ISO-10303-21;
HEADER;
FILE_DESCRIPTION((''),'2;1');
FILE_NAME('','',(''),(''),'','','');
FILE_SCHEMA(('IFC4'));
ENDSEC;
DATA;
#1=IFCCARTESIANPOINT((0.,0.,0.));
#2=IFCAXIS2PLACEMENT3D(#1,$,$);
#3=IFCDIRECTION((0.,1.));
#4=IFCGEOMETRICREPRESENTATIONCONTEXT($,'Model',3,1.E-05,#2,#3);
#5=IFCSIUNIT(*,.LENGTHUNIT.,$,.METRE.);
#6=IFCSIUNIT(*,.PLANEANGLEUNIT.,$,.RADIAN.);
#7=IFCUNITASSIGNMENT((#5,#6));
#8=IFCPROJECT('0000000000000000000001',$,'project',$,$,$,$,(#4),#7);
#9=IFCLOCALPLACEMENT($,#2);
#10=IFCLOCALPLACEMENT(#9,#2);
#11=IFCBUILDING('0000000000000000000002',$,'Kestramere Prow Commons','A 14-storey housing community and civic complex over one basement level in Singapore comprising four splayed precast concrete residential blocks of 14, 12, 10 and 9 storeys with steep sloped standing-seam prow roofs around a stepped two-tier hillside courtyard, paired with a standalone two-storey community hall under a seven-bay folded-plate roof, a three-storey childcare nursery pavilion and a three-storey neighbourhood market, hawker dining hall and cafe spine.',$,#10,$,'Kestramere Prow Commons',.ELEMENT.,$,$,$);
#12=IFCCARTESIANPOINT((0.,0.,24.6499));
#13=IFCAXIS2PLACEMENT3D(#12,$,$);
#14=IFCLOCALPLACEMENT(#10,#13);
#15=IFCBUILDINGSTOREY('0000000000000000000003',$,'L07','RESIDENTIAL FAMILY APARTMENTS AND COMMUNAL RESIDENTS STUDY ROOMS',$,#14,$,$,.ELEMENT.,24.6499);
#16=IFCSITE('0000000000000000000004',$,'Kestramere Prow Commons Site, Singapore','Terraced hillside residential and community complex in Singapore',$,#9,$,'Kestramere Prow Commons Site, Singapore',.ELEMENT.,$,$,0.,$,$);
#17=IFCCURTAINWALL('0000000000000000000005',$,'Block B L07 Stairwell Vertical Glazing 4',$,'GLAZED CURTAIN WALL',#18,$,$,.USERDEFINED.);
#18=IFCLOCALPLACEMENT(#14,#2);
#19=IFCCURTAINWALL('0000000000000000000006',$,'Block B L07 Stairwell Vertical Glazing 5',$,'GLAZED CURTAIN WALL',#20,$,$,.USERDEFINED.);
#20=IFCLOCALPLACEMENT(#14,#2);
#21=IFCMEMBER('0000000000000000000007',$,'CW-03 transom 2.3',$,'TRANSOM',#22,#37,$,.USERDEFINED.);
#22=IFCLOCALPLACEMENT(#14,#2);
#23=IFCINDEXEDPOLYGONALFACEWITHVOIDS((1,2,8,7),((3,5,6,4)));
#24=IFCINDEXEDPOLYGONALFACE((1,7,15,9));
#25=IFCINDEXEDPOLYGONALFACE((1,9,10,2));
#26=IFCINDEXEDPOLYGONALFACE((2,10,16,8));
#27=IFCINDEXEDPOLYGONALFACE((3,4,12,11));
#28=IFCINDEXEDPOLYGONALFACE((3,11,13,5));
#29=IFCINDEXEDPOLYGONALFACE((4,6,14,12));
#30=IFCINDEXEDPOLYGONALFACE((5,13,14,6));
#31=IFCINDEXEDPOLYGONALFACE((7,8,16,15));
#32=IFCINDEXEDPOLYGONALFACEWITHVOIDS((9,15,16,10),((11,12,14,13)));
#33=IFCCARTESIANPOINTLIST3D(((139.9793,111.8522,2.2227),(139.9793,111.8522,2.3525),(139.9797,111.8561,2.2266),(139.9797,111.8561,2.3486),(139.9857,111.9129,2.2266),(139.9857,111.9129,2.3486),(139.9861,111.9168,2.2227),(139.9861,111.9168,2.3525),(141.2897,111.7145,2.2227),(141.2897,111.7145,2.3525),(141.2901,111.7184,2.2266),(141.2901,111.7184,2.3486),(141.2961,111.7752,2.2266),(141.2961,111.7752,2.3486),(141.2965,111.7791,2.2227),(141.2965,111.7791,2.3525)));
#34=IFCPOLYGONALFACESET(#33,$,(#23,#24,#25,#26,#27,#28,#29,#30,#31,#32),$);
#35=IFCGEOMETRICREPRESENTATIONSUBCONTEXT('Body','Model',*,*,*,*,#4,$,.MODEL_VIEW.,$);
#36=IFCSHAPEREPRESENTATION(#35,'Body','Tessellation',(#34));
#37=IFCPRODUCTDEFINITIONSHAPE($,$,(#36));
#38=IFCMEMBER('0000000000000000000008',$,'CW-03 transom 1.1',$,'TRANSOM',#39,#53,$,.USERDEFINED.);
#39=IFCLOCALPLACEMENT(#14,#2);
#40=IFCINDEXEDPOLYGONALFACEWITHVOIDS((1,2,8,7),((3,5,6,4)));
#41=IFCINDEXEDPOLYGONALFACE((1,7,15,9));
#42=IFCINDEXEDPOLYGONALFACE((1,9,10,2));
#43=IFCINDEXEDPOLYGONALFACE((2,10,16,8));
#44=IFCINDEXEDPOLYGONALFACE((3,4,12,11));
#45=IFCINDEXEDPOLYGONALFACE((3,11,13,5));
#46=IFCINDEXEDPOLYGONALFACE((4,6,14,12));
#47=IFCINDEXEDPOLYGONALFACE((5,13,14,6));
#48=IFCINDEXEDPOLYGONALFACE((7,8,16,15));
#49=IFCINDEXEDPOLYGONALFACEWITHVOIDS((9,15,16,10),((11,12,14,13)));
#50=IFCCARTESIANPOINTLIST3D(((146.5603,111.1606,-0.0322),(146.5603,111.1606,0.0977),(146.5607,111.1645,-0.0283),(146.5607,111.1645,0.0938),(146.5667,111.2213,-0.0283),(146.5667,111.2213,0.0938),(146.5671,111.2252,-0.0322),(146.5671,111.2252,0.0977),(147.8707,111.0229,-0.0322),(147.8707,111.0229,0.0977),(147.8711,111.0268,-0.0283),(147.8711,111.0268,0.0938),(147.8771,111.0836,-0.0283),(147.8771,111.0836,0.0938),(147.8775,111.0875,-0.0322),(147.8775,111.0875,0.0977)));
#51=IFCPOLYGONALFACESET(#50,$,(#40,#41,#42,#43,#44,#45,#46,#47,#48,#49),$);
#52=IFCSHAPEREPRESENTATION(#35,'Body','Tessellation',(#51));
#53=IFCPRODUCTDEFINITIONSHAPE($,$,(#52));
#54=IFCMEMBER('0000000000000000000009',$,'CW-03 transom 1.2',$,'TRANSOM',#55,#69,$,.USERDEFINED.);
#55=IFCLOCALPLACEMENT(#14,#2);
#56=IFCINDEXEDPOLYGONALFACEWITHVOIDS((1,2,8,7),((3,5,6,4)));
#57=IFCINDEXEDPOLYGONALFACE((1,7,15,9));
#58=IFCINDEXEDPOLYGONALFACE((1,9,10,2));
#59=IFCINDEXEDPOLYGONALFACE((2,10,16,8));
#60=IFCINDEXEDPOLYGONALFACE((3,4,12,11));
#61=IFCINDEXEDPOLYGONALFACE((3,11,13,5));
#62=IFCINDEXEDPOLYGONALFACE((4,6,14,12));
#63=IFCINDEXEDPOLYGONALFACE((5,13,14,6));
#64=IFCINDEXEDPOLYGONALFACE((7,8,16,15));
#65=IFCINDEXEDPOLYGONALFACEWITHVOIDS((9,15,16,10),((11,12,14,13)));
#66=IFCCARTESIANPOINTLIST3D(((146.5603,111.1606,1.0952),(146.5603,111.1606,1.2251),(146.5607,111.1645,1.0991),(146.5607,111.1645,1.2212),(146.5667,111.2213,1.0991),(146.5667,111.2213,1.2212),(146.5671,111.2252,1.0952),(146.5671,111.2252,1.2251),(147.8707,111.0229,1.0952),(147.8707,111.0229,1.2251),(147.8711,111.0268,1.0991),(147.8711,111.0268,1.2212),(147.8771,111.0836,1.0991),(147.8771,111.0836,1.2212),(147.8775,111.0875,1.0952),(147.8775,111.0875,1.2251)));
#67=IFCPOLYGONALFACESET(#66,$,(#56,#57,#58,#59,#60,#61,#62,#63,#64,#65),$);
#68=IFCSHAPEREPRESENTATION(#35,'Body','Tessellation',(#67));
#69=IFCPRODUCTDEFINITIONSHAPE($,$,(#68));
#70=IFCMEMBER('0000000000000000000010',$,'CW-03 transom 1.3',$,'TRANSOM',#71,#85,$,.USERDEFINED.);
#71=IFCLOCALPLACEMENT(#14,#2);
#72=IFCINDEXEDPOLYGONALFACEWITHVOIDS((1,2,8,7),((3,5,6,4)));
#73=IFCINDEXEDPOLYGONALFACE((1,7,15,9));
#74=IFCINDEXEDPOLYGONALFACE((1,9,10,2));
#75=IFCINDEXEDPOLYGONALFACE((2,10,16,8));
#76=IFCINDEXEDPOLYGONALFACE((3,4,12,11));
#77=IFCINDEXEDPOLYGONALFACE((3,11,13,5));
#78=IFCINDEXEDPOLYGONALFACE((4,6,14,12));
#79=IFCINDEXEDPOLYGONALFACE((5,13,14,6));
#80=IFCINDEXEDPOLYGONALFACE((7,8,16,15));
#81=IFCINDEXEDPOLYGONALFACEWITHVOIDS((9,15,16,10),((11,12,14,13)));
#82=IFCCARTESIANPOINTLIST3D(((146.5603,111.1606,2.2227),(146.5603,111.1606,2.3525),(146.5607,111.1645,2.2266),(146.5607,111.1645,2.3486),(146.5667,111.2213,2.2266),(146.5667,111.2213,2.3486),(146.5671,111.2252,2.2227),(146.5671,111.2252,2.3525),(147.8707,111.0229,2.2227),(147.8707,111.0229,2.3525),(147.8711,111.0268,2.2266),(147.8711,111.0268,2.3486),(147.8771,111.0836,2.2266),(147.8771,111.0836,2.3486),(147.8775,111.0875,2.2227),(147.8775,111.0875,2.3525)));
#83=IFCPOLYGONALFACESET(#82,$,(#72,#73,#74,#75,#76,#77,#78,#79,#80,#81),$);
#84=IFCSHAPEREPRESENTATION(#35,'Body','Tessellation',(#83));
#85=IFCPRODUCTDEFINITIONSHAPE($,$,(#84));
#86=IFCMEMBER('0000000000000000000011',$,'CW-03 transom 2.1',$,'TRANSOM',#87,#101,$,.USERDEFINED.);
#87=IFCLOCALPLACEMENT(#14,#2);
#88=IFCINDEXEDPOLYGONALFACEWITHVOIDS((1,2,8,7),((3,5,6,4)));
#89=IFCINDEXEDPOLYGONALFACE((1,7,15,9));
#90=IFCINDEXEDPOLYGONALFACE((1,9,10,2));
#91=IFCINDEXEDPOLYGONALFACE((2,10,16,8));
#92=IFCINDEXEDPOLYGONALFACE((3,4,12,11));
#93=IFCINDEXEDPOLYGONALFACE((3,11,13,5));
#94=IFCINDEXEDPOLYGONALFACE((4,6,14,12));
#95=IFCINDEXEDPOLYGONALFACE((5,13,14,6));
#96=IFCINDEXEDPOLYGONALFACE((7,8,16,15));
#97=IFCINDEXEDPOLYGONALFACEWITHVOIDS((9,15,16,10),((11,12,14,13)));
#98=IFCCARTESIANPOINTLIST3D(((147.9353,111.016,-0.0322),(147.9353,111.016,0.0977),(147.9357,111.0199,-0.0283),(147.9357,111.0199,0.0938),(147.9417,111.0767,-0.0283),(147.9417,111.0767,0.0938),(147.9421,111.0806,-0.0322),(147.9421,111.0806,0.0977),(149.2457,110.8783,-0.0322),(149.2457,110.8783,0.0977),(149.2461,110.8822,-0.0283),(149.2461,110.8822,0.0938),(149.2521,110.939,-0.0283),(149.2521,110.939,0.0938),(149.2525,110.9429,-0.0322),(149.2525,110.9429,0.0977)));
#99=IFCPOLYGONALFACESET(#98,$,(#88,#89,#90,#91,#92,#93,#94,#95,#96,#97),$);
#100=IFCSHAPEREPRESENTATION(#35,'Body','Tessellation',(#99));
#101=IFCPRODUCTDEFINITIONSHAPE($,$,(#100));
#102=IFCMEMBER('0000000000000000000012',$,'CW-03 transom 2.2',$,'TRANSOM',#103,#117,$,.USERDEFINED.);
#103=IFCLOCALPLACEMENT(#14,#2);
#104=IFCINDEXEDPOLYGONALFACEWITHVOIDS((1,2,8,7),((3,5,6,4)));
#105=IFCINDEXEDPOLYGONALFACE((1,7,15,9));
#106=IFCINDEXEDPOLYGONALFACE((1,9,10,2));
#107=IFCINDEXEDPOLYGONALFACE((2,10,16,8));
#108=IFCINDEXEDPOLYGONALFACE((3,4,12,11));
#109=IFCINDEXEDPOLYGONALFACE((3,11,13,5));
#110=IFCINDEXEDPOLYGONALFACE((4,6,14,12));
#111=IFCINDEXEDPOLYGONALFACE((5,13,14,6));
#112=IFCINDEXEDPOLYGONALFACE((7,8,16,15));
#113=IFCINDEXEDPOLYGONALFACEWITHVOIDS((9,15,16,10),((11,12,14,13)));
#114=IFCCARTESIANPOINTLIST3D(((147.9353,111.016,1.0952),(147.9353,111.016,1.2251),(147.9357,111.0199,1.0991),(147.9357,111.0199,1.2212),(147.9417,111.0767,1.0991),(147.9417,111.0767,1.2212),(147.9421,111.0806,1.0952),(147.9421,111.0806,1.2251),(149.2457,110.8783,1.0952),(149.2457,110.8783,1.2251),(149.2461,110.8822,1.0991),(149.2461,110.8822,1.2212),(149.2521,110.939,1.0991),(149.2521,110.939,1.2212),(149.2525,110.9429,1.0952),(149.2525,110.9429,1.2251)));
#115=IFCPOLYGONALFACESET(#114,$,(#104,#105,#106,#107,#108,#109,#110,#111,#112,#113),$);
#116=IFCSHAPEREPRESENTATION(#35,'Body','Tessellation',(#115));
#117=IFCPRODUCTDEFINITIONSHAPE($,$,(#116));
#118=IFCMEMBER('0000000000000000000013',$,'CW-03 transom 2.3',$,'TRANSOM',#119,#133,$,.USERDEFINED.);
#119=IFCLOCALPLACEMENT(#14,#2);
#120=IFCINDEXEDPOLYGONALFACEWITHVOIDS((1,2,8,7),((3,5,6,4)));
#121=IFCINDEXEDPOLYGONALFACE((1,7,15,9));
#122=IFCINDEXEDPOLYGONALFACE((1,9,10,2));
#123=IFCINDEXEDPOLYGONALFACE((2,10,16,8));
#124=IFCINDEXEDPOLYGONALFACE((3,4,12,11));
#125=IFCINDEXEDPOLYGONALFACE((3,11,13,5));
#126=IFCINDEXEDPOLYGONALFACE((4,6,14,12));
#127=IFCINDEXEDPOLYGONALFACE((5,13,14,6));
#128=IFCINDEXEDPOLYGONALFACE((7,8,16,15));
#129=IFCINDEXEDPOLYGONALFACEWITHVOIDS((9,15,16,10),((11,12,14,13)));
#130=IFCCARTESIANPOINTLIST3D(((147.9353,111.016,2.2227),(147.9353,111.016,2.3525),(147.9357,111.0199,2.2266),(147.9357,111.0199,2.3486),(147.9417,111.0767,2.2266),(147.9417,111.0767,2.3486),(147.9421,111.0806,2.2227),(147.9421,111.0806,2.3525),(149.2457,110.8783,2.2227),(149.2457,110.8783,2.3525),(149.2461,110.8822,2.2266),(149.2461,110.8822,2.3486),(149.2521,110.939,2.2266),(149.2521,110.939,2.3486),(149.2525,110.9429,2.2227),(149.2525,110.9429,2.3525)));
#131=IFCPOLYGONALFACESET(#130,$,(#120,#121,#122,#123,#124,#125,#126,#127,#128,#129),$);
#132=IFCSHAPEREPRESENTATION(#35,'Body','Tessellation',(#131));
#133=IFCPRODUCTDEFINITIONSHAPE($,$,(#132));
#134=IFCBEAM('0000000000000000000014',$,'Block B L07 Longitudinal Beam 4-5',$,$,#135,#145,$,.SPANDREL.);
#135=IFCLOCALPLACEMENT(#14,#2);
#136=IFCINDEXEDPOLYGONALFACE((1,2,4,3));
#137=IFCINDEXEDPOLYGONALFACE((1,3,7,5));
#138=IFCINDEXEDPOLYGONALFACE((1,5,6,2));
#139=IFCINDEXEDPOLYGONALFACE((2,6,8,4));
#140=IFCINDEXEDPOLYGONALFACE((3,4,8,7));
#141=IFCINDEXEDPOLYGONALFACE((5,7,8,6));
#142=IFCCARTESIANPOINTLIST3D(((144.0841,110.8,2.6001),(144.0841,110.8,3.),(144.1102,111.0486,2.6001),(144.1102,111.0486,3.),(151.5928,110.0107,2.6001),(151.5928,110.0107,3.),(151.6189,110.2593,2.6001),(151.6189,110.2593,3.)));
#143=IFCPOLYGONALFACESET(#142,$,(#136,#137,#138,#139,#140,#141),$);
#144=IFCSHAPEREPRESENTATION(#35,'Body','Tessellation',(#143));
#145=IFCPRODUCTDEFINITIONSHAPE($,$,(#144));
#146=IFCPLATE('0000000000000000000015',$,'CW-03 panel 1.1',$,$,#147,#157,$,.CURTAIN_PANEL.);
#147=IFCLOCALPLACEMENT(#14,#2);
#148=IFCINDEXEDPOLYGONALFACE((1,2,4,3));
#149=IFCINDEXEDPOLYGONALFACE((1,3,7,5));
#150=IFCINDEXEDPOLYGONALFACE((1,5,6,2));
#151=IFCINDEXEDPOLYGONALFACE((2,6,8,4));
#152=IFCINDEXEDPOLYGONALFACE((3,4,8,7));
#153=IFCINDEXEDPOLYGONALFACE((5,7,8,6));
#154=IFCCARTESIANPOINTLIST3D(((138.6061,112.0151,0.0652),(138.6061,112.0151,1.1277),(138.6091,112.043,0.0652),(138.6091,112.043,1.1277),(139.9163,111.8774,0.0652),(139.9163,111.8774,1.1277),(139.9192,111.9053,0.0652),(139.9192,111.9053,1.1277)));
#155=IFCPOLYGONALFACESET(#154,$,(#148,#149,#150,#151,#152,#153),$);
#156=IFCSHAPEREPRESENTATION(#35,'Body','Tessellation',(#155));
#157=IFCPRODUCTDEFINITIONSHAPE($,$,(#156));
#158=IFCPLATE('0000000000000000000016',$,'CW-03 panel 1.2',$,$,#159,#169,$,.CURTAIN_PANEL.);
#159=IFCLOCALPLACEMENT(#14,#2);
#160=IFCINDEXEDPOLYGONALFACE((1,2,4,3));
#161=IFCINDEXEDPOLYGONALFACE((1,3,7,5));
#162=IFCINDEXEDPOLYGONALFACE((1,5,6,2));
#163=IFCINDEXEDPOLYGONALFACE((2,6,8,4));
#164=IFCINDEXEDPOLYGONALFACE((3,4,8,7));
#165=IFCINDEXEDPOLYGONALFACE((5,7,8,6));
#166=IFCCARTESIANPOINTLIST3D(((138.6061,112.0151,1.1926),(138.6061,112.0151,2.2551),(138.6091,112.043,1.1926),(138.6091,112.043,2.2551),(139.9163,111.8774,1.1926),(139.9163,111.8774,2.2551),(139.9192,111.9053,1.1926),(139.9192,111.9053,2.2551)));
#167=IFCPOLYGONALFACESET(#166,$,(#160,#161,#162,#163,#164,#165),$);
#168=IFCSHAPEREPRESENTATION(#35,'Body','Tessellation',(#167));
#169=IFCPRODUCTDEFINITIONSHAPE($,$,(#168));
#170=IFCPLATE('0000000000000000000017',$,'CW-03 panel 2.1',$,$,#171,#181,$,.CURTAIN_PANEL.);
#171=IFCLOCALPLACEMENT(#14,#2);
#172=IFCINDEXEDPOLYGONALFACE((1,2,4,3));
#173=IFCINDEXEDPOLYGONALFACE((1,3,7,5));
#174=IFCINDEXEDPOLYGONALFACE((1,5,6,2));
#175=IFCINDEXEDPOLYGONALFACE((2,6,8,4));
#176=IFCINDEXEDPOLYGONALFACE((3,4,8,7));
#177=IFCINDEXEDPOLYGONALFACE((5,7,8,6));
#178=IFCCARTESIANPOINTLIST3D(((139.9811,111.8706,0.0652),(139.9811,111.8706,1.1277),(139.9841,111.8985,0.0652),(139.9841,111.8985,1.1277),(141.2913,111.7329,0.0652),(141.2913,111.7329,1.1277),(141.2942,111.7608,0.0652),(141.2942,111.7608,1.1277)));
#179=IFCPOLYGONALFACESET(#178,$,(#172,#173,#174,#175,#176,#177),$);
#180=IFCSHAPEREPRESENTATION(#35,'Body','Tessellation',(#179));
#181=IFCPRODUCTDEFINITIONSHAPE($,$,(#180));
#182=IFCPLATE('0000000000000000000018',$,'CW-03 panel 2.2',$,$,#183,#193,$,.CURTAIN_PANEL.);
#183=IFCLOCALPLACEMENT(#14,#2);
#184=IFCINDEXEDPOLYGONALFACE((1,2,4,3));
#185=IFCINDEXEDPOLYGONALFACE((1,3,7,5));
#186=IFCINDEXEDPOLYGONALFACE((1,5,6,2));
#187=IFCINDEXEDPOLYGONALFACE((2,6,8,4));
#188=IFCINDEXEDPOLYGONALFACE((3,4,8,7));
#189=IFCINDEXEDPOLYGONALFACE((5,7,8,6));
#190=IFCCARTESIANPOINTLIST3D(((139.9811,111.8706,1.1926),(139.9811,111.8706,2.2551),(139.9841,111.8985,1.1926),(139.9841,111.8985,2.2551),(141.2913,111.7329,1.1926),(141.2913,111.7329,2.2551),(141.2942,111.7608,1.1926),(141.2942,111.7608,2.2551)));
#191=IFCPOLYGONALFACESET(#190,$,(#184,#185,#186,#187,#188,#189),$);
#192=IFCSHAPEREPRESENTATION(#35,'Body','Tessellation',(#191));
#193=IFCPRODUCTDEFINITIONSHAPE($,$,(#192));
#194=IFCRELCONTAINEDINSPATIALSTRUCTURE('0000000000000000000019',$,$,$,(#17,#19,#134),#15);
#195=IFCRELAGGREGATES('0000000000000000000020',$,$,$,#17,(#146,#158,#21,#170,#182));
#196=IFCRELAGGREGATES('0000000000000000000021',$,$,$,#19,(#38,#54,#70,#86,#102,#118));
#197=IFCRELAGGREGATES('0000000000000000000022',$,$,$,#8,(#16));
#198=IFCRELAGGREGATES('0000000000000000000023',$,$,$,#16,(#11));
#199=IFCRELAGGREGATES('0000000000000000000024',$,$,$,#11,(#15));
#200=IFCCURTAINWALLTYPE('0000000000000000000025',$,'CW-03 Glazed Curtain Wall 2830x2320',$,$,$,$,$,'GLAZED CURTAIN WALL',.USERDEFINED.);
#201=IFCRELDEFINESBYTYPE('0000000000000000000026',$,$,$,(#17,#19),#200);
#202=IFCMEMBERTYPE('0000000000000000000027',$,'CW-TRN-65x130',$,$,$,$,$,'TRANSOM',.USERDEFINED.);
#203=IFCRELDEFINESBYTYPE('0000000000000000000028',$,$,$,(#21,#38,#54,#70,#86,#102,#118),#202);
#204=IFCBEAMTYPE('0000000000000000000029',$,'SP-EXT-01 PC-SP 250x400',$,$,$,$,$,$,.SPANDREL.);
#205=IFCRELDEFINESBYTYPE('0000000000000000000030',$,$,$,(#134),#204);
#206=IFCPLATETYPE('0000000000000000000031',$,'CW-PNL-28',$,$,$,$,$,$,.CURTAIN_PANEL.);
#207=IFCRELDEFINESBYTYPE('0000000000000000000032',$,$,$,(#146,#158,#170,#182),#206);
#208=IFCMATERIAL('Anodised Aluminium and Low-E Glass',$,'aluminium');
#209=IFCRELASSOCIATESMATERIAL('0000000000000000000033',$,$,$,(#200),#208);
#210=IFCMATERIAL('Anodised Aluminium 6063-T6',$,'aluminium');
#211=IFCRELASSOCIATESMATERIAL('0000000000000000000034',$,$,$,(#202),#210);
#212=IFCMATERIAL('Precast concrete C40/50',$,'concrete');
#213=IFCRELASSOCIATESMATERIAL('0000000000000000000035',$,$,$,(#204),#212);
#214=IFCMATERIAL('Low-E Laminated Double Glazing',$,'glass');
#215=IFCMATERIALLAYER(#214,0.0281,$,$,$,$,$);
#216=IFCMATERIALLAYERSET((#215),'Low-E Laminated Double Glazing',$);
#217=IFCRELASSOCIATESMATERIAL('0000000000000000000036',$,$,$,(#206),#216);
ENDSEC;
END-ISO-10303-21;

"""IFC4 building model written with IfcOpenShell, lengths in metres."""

from ifc_helpers import new_model, si_unit, direction, frame, origin, origin_2d, place, context, subcontext, project, spatial, rectangle, hollow_rectangle, extrude, material, layer, layer_set, material_profile, profile_set, type_object, element, aggregate, save


model = new_model("IFC4")

# Units and contexts
model_context = context("Model", 3, precision=1e-05, world=origin(), true_north=direction((0.0, 1.0)))
body_context = subcontext(model_context, "Body", "Model", "MODEL_VIEW")
ifc_project = project(units=[si_unit("LENGTHUNIT", "METRE"), si_unit("PLANEANGLEUNIT", "RADIAN")], contexts=[model_context])

# Site, building, storey
site_placement = place(None, origin())
site = spatial("IfcSite", under=ifc_project, at=site_placement, Name="Kestramere Prow Commons Site, Singapore", Description="Terraced hillside residential and community complex in Singapore", LongName="Kestramere Prow Commons Site, Singapore", CompositionType="ELEMENT", RefElevation=0.0)
building_placement = place(site_placement, origin())
building = spatial("IfcBuilding", under=site, at=building_placement, Name="Kestramere Prow Commons", Description="A 14-storey housing community and civic complex over one basement level in Singapore comprising four splayed precast concrete residential blocks of 14, 12, 10 and 9 storeys with steep sloped standing-seam prow roofs around a stepped two-tier hillside courtyard, paired with a standalone two-storey community hall under a seven-bay folded-plate roof, a three-storey childcare nursery pavilion and a three-storey neighbourhood market, hawker dining hall and cafe spine.", LongName="Kestramere Prow Commons", CompositionType="ELEMENT")
storey_placement = place(building_placement, frame((0.0, 0.0, 24.6499)))
storey = spatial("IfcBuildingStorey", under=building, at=storey_placement, Name="L07", Description="RESIDENTIAL FAMILY APARTMENTS AND COMMUNAL RESIDENTS STUDY ROOMS", CompositionType="ELEMENT", Elevation=24.6499)

# Shared definitions
ifc_material_1 = material(Name="Precast concrete C40/50", Category="concrete")

# Curtain walls
ifc_material_2 = material(Name="Anodised Aluminium and Low-E Glass", Category="aluminium")
curtain_wall_type = type_object("IfcCurtainWallType", Name="CW-03 Glazed Curtain Wall 2830x2320", ElementType="GLAZED CURTAIN WALL", PredefinedType="USERDEFINED", material=ifc_material_2)
curtain_wall_1_placement = place(storey_placement, origin())
curtain_wall_1 = element("IfcCurtainWall", 1, at=curtain_wall_1_placement, inside=storey, type_object=curtain_wall_type, Name="Block B L07 Stairwell Vertical Glazing 4", ObjectType="GLAZED CURTAIN WALL", PredefinedType="USERDEFINED")
ifc_material_3 = material(Name="Anodised Aluminium 6063-T6", Category="aluminium")
curtain_wall_2_placement = place(storey_placement, origin())
curtain_wall_2 = element("IfcCurtainWall", 2, at=curtain_wall_2_placement, inside=storey, type_object=curtain_wall_type, Name="Block B L07 Stairwell Vertical Glazing 5", ObjectType="GLAZED CURTAIN WALL", PredefinedType="USERDEFINED")

# Members
ifc_material_profile_1 = material_profile(ifc_material_3, hollow_rectangle(XDim=0.0649, YDim=0.1299, WallThickness=0.0039, at=origin_2d()), Name="ALU-TRN 65x130")
ifc_profile_set_1 = profile_set([ifc_material_profile_1], Name="Anodised Aluminium 6063-T6")
member_type_1 = type_object("IfcMemberType", Name="CW-TRN-65x130", ElementType="TRANSOM", PredefinedType="USERDEFINED", material=ifc_profile_set_1)
member_1_placement = place(storey_placement, frame((139.9827, 111.8845, 2.2876), z_axis=(0.994524, -0.104511, 0.0), x_axis=(0.104511, 0.994524, 0.0)))
member_1 = element("IfcMember", 3, at=member_1_placement, type_object=member_type_1, Name="CW-03 transom 2.3", ObjectType="TRANSOM", PredefinedType="USERDEFINED", context=body_context, shape_type="SweptSolid", body=[
    extrude(hollow_rectangle(XDim=0.0649, YDim=0.1299, WallThickness=0.0039, at=origin_2d()), origin(), (0.0, 0.0, 1.0), 1.3176),
])
member_2_placement = place(storey_placement, frame((146.5637, 111.1929, 0.0327), z_axis=(0.994524, -0.104511, 0.0), x_axis=(0.104511, 0.994524, 0.0)))
member_2 = element("IfcMember", 4, at=member_2_placement, type_object=member_type_1, Name="CW-03 transom 1.1", ObjectType="TRANSOM", PredefinedType="USERDEFINED", context=body_context, shape_type="SweptSolid", body=[
    extrude(hollow_rectangle(XDim=0.0649, YDim=0.1299, WallThickness=0.0039, at=origin_2d()), origin(), (0.0, 0.0, 1.0), 1.3176),
])
member_3_placement = place(storey_placement, frame((146.5637, 111.1929, 1.1602), z_axis=(0.994524, -0.104511, 0.0), x_axis=(0.104511, 0.994524, 0.0)))
member_3 = element("IfcMember", 5, at=member_3_placement, type_object=member_type_1, Name="CW-03 transom 1.2", ObjectType="TRANSOM", PredefinedType="USERDEFINED", context=body_context, shape_type="SweptSolid", body=[
    extrude(hollow_rectangle(XDim=0.0649, YDim=0.1299, WallThickness=0.0039, at=origin_2d()), origin(), (0.0, 0.0, 1.0), 1.3176),
])
member_4_placement = place(storey_placement, frame((146.5637, 111.1929, 2.2876), z_axis=(0.994524, -0.104511, 0.0), x_axis=(0.104511, 0.994524, 0.0)))
member_4 = element("IfcMember", 6, at=member_4_placement, type_object=member_type_1, Name="CW-03 transom 1.3", ObjectType="TRANSOM", PredefinedType="USERDEFINED", context=body_context, shape_type="SweptSolid", body=[
    extrude(hollow_rectangle(XDim=0.0649, YDim=0.1299, WallThickness=0.0039, at=origin_2d()), origin(), (0.0, 0.0, 1.0), 1.3176),
])
member_5_placement = place(storey_placement, frame((147.9387, 111.0483, 0.0327), z_axis=(0.994524, -0.104511, 0.0), x_axis=(0.104511, 0.994524, 0.0)))
member_5 = element("IfcMember", 7, at=member_5_placement, type_object=member_type_1, Name="CW-03 transom 2.1", ObjectType="TRANSOM", PredefinedType="USERDEFINED", context=body_context, shape_type="SweptSolid", body=[
    extrude(hollow_rectangle(XDim=0.0649, YDim=0.1299, WallThickness=0.0039, at=origin_2d()), origin(), (0.0, 0.0, 1.0), 1.3176),
])
member_6_placement = place(storey_placement, frame((147.9387, 111.0483, 1.1602), z_axis=(0.994524, -0.104511, 0.0), x_axis=(0.104511, 0.994524, 0.0)))
member_6 = element("IfcMember", 8, at=member_6_placement, type_object=member_type_1, Name="CW-03 transom 2.2", ObjectType="TRANSOM", PredefinedType="USERDEFINED", context=body_context, shape_type="SweptSolid", body=[
    extrude(hollow_rectangle(XDim=0.0649, YDim=0.1299, WallThickness=0.0039, at=origin_2d()), origin(), (0.0, 0.0, 1.0), 1.3176),
])
member_7_placement = place(storey_placement, frame((147.9387, 111.0483, 2.2876), z_axis=(0.994524, -0.104511, 0.0), x_axis=(0.104511, 0.994524, 0.0)))
member_7 = element("IfcMember", 9, at=member_7_placement, type_object=member_type_1, Name="CW-03 transom 2.3", ObjectType="TRANSOM", PredefinedType="USERDEFINED", context=body_context, shape_type="SweptSolid", body=[
    extrude(hollow_rectangle(XDim=0.0649, YDim=0.1299, WallThickness=0.0039, at=origin_2d()), origin(), (0.0, 0.0, 1.0), 1.3176),
])

# Beam
ifc_material_profile_2 = material_profile(ifc_material_1, rectangle(XDim=0.25, YDim=0.3999, at=origin_2d()), Name="PC-SP 250x400")
ifc_profile_set_2 = profile_set([ifc_material_profile_2], Name="Precast concrete C40/50")
beam_type = type_object("IfcBeamType", Name="SP-EXT-01 PC-SP 250x400", PredefinedType="SPANDREL", material=ifc_profile_set_2)
beam_placement = place(storey_placement, frame((144.0972, 110.9243, 2.8), z_axis=(0.994521, -0.104542, 0.0), x_axis=(0.104542, 0.994521, 0.0)))
element("IfcBeam", 10, at=beam_placement, inside=storey, type_object=beam_type, Name="Block B L07 Longitudinal Beam 4-5", PredefinedType="SPANDREL", context=body_context, shape_type="SweptSolid", body=[
    extrude(rectangle(XDim=0.25, YDim=0.3999, at=origin_2d()), origin(), (0.0, 0.0, 1.0), 7.55),
])

# Plates
ifc_material_4 = material(Name="Low-E Laminated Double Glazing", Category="glass")
ifc_layer_1 = layer(ifc_material_4, 0.0281)
ifc_layer_set_1 = layer_set([ifc_layer_1], Name="Low-E Laminated Double Glazing")
plate_type = type_object("IfcPlateType", Name="CW-PNL-28", PredefinedType="CURTAIN_PANEL", material=ifc_layer_set_1)
plate_1_placement = place(storey_placement, frame((139.2627, 111.9602, 0.0652), z_axis=(0.0, 0.0, 1.0), x_axis=(0.994522, -0.104529, 0.0)))
plate_1 = element("IfcPlate", 11, at=plate_1_placement, type_object=plate_type, Name="CW-03 panel 1.1", PredefinedType="CURTAIN_PANEL", context=body_context, shape_type="SweptSolid", body=[
    extrude(rectangle(XDim=1.3174, YDim=0.0281, at=origin_2d()), origin(), (0.0, 0.0, 1.0), 1.0625),
])
plate_2_placement = place(storey_placement, frame((139.2627, 111.9602, 1.1926), z_axis=(0.0, 0.0, 1.0), x_axis=(0.994522, -0.104529, 0.0)))
plate_2 = element("IfcPlate", 12, at=plate_2_placement, type_object=plate_type, Name="CW-03 panel 1.2", PredefinedType="CURTAIN_PANEL", context=body_context, shape_type="SweptSolid", body=[
    extrude(rectangle(XDim=1.3174, YDim=0.0281, at=origin_2d()), origin(), (0.0, 0.0, 1.0), 1.0625),
])
plate_3_placement = place(storey_placement, frame((140.6377, 111.8157, 0.0652), z_axis=(0.0, 0.0, 1.0), x_axis=(0.994522, -0.104529, 0.0)))
plate_3 = element("IfcPlate", 13, at=plate_3_placement, type_object=plate_type, Name="CW-03 panel 2.1", PredefinedType="CURTAIN_PANEL", context=body_context, shape_type="SweptSolid", body=[
    extrude(rectangle(XDim=1.3174, YDim=0.0281, at=origin_2d()), origin(), (0.0, 0.0, 1.0), 1.0625),
])
plate_4_placement = place(storey_placement, frame((140.6377, 111.8157, 1.1926), z_axis=(0.0, 0.0, 1.0), x_axis=(0.994522, -0.104529, 0.0)))
plate_4 = element("IfcPlate", 14, at=plate_4_placement, type_object=plate_type, Name="CW-03 panel 2.2", PredefinedType="CURTAIN_PANEL", context=body_context, shape_type="SweptSolid", body=[
    extrude(rectangle(XDim=1.3174, YDim=0.0281, at=origin_2d()), origin(), (0.0, 0.0, 1.0), 1.0625),
])
aggregate(curtain_wall_1, [plate_1, plate_2, member_1, plate_3, plate_4])
aggregate(curtain_wall_2, [member_2, member_3, member_4, member_5, member_6, member_7])

save(model, "model.ifc")
